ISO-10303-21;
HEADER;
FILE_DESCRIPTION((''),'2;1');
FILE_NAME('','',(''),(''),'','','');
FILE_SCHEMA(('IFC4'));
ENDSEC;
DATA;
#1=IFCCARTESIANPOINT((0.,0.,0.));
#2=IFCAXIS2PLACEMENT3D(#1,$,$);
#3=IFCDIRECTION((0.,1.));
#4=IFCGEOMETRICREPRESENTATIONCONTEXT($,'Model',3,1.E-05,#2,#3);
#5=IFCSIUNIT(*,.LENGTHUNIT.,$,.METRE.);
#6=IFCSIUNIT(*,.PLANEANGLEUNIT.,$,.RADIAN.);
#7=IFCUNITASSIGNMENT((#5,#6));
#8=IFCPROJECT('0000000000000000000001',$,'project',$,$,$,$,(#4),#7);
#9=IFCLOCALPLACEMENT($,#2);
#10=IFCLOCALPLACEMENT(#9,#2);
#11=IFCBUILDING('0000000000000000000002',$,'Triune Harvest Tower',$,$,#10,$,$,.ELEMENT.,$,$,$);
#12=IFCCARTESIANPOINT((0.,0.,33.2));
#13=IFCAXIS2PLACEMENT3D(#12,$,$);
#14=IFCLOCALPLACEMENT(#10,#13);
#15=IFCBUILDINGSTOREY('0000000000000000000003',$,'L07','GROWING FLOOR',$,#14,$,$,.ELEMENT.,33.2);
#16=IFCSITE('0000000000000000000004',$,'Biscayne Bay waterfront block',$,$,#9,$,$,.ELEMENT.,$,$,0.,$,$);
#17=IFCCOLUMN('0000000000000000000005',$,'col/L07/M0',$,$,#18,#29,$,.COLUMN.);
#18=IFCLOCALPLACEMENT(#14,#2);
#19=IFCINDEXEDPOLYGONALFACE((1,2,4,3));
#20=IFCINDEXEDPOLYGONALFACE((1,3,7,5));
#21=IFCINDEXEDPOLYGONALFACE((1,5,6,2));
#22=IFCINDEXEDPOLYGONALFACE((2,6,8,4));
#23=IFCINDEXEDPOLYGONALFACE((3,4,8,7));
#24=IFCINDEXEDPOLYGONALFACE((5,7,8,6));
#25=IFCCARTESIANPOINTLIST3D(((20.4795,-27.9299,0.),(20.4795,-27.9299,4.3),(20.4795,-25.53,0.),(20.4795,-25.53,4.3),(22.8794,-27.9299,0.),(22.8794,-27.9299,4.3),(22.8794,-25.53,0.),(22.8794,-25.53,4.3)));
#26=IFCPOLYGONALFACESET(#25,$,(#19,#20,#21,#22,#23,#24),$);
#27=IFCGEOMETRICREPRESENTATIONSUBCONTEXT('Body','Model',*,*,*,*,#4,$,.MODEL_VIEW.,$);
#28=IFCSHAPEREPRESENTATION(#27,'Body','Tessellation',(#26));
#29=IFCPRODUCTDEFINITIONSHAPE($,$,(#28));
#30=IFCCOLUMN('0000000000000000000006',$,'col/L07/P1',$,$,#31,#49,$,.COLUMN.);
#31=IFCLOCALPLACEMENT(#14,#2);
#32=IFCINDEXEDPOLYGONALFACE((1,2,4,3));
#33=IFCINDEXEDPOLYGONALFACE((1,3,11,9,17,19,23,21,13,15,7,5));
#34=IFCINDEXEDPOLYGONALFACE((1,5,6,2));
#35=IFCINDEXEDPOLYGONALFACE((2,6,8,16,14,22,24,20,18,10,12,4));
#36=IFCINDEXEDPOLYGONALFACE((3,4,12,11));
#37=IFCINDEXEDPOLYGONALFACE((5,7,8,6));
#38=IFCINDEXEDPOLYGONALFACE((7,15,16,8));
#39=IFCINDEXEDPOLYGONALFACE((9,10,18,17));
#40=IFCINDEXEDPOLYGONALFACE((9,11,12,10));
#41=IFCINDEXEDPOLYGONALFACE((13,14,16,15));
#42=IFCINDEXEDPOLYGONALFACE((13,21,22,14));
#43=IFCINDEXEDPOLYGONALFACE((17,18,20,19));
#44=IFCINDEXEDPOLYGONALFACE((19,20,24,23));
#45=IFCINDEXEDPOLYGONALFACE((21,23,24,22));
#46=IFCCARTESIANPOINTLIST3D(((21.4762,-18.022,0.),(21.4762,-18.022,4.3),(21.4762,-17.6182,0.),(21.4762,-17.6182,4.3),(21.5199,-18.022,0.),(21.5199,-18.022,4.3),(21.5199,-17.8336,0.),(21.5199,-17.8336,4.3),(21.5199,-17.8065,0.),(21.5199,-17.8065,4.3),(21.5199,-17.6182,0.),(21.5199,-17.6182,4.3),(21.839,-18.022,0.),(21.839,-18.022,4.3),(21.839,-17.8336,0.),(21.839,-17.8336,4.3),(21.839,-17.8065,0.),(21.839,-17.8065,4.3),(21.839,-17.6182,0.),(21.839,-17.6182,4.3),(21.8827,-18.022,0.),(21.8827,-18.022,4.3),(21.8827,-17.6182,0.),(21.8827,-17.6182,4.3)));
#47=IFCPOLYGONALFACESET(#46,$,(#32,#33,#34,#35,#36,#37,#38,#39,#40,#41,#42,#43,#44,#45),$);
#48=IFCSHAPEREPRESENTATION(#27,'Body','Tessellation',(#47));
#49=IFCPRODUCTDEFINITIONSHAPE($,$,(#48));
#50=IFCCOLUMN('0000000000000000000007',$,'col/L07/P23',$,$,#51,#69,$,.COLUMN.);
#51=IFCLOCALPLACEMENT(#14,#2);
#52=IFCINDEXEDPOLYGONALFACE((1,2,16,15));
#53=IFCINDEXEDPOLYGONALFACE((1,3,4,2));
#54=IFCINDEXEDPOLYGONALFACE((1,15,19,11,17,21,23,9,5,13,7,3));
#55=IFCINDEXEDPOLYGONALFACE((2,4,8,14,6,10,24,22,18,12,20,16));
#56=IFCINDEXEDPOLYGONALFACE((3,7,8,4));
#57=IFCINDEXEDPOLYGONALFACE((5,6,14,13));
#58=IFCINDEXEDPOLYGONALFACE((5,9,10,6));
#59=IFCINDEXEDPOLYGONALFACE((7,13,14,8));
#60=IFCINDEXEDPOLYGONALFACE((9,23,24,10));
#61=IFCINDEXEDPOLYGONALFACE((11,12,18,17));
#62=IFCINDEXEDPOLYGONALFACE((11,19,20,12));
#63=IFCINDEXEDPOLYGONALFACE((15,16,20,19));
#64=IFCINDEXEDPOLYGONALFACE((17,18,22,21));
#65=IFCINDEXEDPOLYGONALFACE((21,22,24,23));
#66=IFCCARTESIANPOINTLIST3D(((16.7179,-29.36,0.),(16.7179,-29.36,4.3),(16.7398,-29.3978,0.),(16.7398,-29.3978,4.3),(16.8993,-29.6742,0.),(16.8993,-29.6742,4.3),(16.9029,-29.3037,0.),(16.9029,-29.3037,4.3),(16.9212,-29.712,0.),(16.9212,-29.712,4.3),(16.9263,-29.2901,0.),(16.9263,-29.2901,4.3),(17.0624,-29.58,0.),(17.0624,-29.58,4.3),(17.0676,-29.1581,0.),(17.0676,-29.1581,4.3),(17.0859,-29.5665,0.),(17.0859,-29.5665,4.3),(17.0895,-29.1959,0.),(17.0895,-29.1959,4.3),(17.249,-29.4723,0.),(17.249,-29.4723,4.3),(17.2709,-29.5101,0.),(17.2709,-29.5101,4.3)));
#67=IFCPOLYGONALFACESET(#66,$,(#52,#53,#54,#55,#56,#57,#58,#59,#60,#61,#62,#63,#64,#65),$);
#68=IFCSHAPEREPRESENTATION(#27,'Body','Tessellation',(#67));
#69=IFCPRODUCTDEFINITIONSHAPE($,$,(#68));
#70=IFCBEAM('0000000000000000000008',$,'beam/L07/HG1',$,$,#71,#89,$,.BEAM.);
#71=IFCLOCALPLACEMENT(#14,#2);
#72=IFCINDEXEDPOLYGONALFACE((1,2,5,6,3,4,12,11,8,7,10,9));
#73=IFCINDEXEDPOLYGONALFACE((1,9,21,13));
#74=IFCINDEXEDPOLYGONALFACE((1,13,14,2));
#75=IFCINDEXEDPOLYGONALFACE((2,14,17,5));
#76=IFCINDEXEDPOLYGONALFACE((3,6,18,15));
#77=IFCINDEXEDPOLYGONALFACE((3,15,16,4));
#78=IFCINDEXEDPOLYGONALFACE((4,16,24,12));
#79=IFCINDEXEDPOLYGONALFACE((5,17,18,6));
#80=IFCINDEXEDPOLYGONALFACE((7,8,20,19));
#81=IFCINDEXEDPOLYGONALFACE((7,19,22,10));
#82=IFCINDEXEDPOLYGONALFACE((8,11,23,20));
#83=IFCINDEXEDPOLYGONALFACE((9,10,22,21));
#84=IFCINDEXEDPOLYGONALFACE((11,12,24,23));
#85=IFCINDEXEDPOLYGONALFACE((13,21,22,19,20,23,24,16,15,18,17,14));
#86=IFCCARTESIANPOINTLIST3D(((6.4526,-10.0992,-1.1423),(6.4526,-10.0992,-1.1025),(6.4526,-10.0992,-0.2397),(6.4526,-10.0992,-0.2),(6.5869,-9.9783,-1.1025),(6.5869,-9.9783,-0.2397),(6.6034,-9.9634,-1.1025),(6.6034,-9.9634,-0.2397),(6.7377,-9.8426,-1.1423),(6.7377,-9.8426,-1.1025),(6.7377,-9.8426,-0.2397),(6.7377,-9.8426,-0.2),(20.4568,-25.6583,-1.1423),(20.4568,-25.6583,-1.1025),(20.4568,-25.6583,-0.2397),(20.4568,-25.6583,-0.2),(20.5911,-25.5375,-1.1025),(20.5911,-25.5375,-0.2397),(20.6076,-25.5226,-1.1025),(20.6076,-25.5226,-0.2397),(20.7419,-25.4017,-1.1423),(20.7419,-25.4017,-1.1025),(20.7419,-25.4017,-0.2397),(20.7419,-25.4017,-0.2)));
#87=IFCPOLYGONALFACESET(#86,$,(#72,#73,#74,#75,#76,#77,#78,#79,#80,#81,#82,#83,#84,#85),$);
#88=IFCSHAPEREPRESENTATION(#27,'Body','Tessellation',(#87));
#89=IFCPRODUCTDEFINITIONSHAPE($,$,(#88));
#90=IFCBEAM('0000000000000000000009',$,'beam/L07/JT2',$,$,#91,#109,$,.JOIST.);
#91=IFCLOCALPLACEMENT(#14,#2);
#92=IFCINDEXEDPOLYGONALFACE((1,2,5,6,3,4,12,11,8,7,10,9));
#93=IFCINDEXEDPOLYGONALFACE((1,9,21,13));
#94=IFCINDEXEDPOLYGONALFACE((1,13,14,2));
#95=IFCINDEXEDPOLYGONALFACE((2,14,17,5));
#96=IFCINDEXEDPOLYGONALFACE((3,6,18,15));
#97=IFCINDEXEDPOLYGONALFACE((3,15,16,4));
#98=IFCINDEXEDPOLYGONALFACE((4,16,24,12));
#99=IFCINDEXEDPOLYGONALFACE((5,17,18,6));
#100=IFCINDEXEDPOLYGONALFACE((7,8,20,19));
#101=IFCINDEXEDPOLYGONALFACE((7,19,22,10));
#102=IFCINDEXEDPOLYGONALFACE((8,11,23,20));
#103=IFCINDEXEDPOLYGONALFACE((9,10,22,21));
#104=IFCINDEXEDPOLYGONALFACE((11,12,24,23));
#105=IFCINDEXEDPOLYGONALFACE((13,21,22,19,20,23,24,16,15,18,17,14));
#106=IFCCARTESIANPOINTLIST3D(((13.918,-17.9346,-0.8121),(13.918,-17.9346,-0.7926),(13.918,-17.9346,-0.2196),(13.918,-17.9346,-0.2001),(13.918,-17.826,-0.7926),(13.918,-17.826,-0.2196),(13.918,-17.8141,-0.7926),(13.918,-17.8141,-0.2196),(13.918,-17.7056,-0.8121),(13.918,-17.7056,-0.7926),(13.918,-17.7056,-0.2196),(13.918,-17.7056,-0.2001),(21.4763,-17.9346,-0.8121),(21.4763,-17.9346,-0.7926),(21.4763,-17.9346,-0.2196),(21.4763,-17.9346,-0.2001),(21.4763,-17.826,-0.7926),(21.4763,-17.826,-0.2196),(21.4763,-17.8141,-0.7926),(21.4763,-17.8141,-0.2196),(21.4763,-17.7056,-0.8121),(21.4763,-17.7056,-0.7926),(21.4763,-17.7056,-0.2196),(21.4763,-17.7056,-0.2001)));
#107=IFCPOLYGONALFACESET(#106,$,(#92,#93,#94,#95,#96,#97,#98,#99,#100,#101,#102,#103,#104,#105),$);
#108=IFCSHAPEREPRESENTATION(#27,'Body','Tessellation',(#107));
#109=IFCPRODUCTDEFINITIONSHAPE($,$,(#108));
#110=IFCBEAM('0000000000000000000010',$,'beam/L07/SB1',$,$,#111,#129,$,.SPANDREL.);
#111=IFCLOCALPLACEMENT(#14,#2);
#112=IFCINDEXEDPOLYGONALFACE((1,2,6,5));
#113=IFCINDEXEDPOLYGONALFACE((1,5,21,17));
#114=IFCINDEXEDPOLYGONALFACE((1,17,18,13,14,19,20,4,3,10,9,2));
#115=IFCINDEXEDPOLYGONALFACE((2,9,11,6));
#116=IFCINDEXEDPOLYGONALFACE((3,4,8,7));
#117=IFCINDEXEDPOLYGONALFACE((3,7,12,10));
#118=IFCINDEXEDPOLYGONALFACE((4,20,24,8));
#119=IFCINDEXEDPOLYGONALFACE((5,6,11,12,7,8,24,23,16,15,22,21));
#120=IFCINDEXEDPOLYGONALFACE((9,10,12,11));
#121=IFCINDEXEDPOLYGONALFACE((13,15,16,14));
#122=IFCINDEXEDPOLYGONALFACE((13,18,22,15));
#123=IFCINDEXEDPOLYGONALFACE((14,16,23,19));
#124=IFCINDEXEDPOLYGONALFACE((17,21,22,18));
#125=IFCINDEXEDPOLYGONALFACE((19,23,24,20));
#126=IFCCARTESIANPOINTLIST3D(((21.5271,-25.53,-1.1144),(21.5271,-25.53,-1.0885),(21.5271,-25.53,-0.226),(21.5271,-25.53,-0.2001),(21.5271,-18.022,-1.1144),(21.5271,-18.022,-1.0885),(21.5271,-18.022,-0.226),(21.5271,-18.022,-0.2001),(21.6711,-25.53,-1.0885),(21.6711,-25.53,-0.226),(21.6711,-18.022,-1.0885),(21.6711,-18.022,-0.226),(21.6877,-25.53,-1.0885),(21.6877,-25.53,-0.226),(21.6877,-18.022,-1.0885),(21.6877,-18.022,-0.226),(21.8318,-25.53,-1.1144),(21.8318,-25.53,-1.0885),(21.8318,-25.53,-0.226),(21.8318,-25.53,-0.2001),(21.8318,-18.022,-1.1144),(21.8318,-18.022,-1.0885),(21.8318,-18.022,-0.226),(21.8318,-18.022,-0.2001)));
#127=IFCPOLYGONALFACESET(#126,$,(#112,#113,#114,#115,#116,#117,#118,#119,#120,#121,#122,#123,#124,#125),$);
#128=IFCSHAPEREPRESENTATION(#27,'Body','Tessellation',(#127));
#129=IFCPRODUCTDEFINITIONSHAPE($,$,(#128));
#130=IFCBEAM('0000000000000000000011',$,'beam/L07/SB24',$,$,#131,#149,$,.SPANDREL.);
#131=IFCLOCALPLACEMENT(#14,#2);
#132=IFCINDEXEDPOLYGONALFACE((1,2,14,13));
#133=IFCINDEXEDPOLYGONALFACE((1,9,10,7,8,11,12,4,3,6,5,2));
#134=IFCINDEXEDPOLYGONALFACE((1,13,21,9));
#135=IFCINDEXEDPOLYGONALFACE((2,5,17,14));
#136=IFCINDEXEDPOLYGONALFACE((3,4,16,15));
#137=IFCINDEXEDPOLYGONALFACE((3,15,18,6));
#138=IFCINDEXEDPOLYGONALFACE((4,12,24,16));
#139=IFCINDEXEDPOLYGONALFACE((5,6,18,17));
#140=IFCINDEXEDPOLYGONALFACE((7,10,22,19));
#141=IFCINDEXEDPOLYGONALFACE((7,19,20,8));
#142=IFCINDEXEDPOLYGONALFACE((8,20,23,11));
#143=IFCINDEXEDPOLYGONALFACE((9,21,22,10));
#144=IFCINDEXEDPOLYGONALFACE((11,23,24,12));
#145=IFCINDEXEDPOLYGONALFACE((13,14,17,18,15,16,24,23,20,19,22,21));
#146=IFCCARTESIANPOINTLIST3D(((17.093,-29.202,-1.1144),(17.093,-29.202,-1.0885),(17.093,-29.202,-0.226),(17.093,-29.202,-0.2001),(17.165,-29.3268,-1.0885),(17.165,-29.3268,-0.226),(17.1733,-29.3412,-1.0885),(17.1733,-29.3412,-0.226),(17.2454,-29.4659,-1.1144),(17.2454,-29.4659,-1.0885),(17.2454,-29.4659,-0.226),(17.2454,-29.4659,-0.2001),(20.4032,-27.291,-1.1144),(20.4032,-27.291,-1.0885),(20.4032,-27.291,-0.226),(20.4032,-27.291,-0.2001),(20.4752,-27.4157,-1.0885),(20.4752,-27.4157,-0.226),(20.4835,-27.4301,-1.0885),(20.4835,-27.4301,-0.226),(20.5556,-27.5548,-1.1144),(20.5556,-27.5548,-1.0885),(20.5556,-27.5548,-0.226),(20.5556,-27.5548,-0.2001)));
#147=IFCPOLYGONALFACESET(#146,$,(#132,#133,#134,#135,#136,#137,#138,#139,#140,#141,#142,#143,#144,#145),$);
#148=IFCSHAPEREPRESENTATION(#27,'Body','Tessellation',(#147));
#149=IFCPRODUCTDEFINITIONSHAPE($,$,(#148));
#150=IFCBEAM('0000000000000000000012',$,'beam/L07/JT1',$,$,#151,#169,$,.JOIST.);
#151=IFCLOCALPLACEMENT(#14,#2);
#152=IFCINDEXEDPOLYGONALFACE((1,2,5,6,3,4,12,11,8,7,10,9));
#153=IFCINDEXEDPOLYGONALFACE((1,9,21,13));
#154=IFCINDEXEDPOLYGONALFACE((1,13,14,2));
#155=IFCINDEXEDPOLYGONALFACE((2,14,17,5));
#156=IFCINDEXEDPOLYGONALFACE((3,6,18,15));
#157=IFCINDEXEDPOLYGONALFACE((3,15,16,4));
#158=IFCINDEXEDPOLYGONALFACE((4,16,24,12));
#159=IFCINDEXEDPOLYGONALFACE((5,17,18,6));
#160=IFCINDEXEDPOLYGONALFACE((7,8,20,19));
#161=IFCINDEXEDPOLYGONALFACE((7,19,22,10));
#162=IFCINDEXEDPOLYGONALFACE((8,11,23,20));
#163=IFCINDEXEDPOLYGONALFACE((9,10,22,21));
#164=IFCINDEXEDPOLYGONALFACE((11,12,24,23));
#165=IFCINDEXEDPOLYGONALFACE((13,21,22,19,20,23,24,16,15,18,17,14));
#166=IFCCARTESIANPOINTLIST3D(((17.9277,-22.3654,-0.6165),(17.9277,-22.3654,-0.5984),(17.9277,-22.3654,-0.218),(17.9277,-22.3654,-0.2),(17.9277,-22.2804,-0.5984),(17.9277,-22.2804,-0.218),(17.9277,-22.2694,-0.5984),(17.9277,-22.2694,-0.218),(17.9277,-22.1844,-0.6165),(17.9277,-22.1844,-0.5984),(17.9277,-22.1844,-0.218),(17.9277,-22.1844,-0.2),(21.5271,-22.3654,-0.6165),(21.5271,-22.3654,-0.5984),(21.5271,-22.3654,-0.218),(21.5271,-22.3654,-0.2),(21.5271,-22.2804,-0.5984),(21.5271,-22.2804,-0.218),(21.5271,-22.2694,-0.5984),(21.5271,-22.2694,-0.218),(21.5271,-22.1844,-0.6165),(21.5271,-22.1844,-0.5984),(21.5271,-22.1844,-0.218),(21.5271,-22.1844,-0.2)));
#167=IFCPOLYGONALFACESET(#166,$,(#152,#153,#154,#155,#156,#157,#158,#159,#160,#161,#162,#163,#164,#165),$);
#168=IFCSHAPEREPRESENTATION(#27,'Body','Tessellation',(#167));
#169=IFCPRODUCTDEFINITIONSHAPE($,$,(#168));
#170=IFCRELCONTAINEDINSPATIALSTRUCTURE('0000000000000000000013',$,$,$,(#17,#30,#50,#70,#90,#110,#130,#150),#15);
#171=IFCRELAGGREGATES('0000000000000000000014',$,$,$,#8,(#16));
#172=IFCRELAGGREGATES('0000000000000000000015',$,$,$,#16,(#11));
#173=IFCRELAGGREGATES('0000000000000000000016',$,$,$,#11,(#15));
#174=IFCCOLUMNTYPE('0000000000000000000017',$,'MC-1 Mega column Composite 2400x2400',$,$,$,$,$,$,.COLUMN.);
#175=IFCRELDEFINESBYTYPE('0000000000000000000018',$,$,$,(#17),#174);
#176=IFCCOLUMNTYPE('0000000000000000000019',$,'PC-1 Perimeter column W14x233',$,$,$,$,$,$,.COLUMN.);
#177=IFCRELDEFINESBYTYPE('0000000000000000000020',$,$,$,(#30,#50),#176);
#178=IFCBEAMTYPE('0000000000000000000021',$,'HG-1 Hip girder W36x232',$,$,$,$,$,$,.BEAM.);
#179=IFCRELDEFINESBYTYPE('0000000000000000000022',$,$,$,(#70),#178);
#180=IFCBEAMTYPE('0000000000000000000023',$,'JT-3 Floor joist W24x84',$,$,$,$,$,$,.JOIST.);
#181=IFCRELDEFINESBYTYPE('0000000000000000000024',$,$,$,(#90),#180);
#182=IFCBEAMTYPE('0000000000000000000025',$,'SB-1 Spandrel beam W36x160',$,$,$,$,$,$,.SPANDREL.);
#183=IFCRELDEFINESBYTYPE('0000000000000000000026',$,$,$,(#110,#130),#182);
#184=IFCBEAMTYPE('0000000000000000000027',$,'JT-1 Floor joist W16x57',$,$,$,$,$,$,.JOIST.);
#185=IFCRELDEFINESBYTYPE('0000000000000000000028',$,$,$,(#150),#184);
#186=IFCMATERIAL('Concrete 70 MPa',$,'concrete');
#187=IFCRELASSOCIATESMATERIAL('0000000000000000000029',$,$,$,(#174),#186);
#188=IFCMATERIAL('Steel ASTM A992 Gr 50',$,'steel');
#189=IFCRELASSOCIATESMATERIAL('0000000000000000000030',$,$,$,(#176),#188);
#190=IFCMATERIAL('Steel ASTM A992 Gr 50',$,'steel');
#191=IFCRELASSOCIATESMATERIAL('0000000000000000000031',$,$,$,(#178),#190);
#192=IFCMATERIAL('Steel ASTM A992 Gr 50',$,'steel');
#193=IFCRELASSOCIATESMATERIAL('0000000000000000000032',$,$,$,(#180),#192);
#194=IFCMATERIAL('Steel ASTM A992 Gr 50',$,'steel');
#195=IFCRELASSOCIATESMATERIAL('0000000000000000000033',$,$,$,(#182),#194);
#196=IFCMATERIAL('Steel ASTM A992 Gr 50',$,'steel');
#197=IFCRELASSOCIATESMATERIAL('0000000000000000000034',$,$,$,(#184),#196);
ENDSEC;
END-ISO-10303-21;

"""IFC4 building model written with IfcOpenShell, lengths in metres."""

from ifc_helpers import new_model, si_unit, direction, frame, origin, origin_2d, place, context, subcontext, project, spatial, rectangle, i_section, extrude, source, transform, mapped, material, material_profile, profile_set, type_object, element, save


model = new_model("IFC4")

# Units and contexts
model_context = context("Model", 3, precision=1e-05, world=origin(), true_north=direction((0.0, 1.0)))
body_context = subcontext(model_context, "Body", "Model", "MODEL_VIEW")
ifc_project = project(units=[si_unit("LENGTHUNIT", "METRE"), si_unit("PLANEANGLEUNIT", "RADIAN")], contexts=[model_context])

# Site, building, storey
site_placement = place(None, origin())
site = spatial("IfcSite", under=ifc_project, at=site_placement, Name="Biscayne Bay waterfront block", CompositionType="ELEMENT", RefElevation=0.0)
building_placement = place(site_placement, origin())
building = spatial("IfcBuilding", under=site, at=building_placement, Name="Triune Harvest Tower", CompositionType="ELEMENT")
storey_placement = place(building_placement, frame((0.0, 0.0, 33.2)))
storey = spatial("IfcBuildingStorey", under=building, at=storey_placement, Name="L07", Description="GROWING FLOOR", CompositionType="ELEMENT", Elevation=33.2)

# Columns
ifc_material_1 = material(Name="Concrete 70 MPa", Category="concrete")
ifc_material_profile_1 = material_profile(ifc_material_1, rectangle(XDim=2.3999, YDim=2.3999, at=origin_2d()), Name="Composite 2400x2400")
ifc_profile_set_1 = profile_set([ifc_material_profile_1], Name="Concrete 70 MPa")
column_type_1 = type_object("IfcColumnType", Name="MC-1 Mega column Composite 2400x2400", PredefinedType="COLUMN", material=ifc_profile_set_1)
shared_shape_1 = source(origin(), body_context, "Body", "SweptSolid", [
    extrude(rectangle(XDim=2.3999, YDim=2.3999, at=origin_2d()), origin(), (0.0, 0.0, 1.0), 4.3),
])
column_placement = place(storey_placement, frame((21.6794, -26.73, 0.0), z_axis=(0.0, 0.0, 1.0), x_axis=(0.0, 1.0, 0.0)))
element("IfcColumn", 1, at=column_placement, inside=storey, type_object=column_type_1, Name="col/L07/M0", PredefinedType="COLUMN", context=body_context, shape_type="MappedRepresentation", body=[
    mapped(shared_shape_1, transform((0.0, 0.0, 0.0), scale=1.0)),
])
ifc_material_2 = material(Name="Steel ASTM A992 Gr 50", Category="steel")
ifc_material_profile_2 = material_profile(ifc_material_2, i_section(OverallWidth=0.4038, OverallDepth=0.4065, WebThickness=0.0271, FlangeThickness=0.0437, at=origin_2d()), Name="W14x233")
ifc_profile_set_2 = profile_set([ifc_material_profile_2], Name="Steel ASTM A992 Gr 50")
column_type_2 = type_object("IfcColumnType", Name="PC-1 Perimeter column W14x233", PredefinedType="COLUMN", material=ifc_profile_set_2)
shared_shape_2 = source(origin(), body_context, "Body", "SweptSolid", [
    extrude(i_section(OverallWidth=0.4038, OverallDepth=0.4065, WebThickness=0.0271, FlangeThickness=0.0437, at=origin_2d()), origin(), (0.0, 0.0, 1.0), 4.3),
])
for number, where, z_axis, x_axis, name in (
    (2, (21.6794, -17.8201, 0.0), (0.0, 0.0, 1.0), (0.0, 1.0, 0.0), "col/L07/P1"),
    (3, (16.9944, -29.4351, 0.0), (0.0, 0.0, 1.0), (0.866026, 0.499998, 0.0), "col/L07/P23"),
):
    element("IfcColumn", number, at=place(storey_placement, frame(where, z_axis=z_axis, x_axis=x_axis)), inside=storey, type_object=column_type_2, Name=name, PredefinedType="COLUMN", context=body_context, shape_type="MappedRepresentation", body=[
        mapped(shared_shape_2, transform((0.0, 0.0, 0.0), scale=1.0)),
    ])

# Beams
ifc_material_3 = material(Name="Steel ASTM A992 Gr 50", Category="steel")
ifc_material_profile_3 = material_profile(ifc_material_3, i_section(OverallWidth=0.3835, OverallDepth=0.9424, WebThickness=0.0222, FlangeThickness=0.0398, at=origin_2d()), Name="W36x232")
ifc_profile_set_3 = profile_set([ifc_material_profile_3], Name="Steel ASTM A992 Gr 50")
beam_type_1 = type_object("IfcBeamType", Name="HG-1 Hip girder W36x232", PredefinedType="BEAM", material=ifc_profile_set_3)
shared_shape_3 = source(origin(), body_context, "Body", "SweptSolid", [
    extrude(i_section(OverallWidth=0.3835, OverallDepth=0.9424, WebThickness=0.0222, FlangeThickness=0.0398, at=origin_2d()), origin(), (0.0, 0.0, 1.0), 20.9333),
])
beam_1_placement = place(storey_placement, frame((20.5994, -25.53, -0.6711), z_axis=(-0.668991, 0.743271, 0.0), x_axis=(-0.743271, -0.668991, 0.0)))
element("IfcBeam", 4, at=beam_1_placement, inside=storey, type_object=beam_type_1, Name="beam/L07/HG1", PredefinedType="BEAM", context=body_context, shape_type="MappedRepresentation", body=[
    mapped(shared_shape_3, transform((0.0, 0.0, 0.0), scale=1.0)),
])
ifc_material_4 = material(Name="Steel ASTM A992 Gr 50", Category="steel")
ifc_material_profile_4 = material_profile(ifc_material_4, i_section(OverallWidth=0.229, OverallDepth=0.6121, WebThickness=0.012, FlangeThickness=0.0195, at=origin_2d()), Name="W24x84")
ifc_profile_set_4 = profile_set([ifc_material_profile_4], Name="Steel ASTM A992 Gr 50")
beam_type_2 = type_object("IfcBeamType", Name="JT-3 Floor joist W24x84", PredefinedType="JOIST", material=ifc_profile_set_4)
shared_shape_4 = source(origin(), body_context, "Body", "SweptSolid", [
    extrude(i_section(OverallWidth=0.229, OverallDepth=0.6121, WebThickness=0.012, FlangeThickness=0.0195, at=origin_2d()), origin(), (0.0, 0.0, 1.0), 7.5583),
])
beam_2_placement = place(storey_placement, frame((21.4763, -17.8201, -0.5061), z_axis=(-1.0, 0.0, 0.0), x_axis=(0.0, -1.0, 0.0)))
element("IfcBeam", 5, at=beam_2_placement, inside=storey, type_object=beam_type_2, Name="beam/L07/JT2", PredefinedType="JOIST", context=body_context, shape_type="MappedRepresentation", body=[
    mapped(shared_shape_4, transform((0.0, 0.0, 0.0), scale=1.0)),
])
ifc_material_5 = material(Name="Steel ASTM A992 Gr 50", Category="steel")
ifc_material_profile_5 = material_profile(ifc_material_5, i_section(OverallWidth=0.3047, OverallDepth=0.9143, WebThickness=0.0166, FlangeThickness=0.0259, at=origin_2d()), Name="W36x160")
ifc_profile_set_5 = profile_set([ifc_material_profile_5], Name="Steel ASTM A992 Gr 50")
beam_type_3 = type_object("IfcBeamType", Name="SB-1 Spandrel beam W36x160", PredefinedType="SPANDREL", material=ifc_profile_set_5)
shared_shape_5 = source(origin(), body_context, "Body", "SweptSolid", [
    extrude(i_section(OverallWidth=0.3047, OverallDepth=0.9143, WebThickness=0.0166, FlangeThickness=0.0259, at=origin_2d()), origin(), (0.0, 0.0, 1.0), 7.5081),
])
beam_3_placement = place(storey_placement, frame((21.6794, -25.53, -0.6572), z_axis=(0.0, 1.0, 0.0), x_axis=(-1.0, 0.0, 0.0)))
element("IfcBeam", 6, at=beam_3_placement, inside=storey, type_object=beam_type_3, Name="beam/L07/SB1", PredefinedType="SPANDREL", context=body_context, shape_type="MappedRepresentation", body=[
    mapped(shared_shape_5, transform((0.0, 0.0, 0.0), scale=1.0)),
])
shared_shape_6 = source(origin(), body_context, "Body", "SweptSolid", [
    extrude(i_section(OverallWidth=0.3047, OverallDepth=0.9143, WebThickness=0.0166, FlangeThickness=0.0259, at=origin_2d()), origin(), (0.0, 0.0, 1.0), 3.8223),
])
beam_4_placement = place(storey_placement, frame((17.1692, -29.334, -0.6572), z_axis=(0.866033, 0.499986, 0.0), x_axis=(-0.499986, 0.866033, 0.0)))
element("IfcBeam", 7, at=beam_4_placement, inside=storey, type_object=beam_type_3, Name="beam/L07/SB24", PredefinedType="SPANDREL", context=body_context, shape_type="MappedRepresentation", body=[
    mapped(shared_shape_6, transform((0.0, 0.0, 0.0), scale=1.0)),
])
ifc_material_6 = material(Name="Steel ASTM A992 Gr 50", Category="steel")
ifc_material_profile_6 = material_profile(ifc_material_6, i_section(OverallWidth=0.1809, OverallDepth=0.4165, WebThickness=0.011, FlangeThickness=0.0181, at=origin_2d()), Name="W16x57")
ifc_profile_set_6 = profile_set([ifc_material_profile_6], Name="Steel ASTM A992 Gr 50")
beam_type_4 = type_object("IfcBeamType", Name="JT-1 Floor joist W16x57", PredefinedType="JOIST", material=ifc_profile_set_6)
shared_shape_7 = source(origin(), body_context, "Body", "SweptSolid", [
    extrude(i_section(OverallWidth=0.1809, OverallDepth=0.4165, WebThickness=0.011, FlangeThickness=0.0181, at=origin_2d()), origin(), (0.0, 0.0, 1.0), 3.5994),
])
beam_5_placement = place(storey_placement, frame((21.5271, -22.2749, -0.4082), z_axis=(-1.0, 0.0, 0.0), x_axis=(0.0, -1.0, 0.0)))
element("IfcBeam", 8, at=beam_5_placement, inside=storey, type_object=beam_type_4, Name="beam/L07/JT1", PredefinedType="JOIST", context=body_context, shape_type="MappedRepresentation", body=[
    mapped(shared_shape_7, transform((0.0, 0.0, 0.0), scale=1.0)),
])

save(model, "model.ifc")
